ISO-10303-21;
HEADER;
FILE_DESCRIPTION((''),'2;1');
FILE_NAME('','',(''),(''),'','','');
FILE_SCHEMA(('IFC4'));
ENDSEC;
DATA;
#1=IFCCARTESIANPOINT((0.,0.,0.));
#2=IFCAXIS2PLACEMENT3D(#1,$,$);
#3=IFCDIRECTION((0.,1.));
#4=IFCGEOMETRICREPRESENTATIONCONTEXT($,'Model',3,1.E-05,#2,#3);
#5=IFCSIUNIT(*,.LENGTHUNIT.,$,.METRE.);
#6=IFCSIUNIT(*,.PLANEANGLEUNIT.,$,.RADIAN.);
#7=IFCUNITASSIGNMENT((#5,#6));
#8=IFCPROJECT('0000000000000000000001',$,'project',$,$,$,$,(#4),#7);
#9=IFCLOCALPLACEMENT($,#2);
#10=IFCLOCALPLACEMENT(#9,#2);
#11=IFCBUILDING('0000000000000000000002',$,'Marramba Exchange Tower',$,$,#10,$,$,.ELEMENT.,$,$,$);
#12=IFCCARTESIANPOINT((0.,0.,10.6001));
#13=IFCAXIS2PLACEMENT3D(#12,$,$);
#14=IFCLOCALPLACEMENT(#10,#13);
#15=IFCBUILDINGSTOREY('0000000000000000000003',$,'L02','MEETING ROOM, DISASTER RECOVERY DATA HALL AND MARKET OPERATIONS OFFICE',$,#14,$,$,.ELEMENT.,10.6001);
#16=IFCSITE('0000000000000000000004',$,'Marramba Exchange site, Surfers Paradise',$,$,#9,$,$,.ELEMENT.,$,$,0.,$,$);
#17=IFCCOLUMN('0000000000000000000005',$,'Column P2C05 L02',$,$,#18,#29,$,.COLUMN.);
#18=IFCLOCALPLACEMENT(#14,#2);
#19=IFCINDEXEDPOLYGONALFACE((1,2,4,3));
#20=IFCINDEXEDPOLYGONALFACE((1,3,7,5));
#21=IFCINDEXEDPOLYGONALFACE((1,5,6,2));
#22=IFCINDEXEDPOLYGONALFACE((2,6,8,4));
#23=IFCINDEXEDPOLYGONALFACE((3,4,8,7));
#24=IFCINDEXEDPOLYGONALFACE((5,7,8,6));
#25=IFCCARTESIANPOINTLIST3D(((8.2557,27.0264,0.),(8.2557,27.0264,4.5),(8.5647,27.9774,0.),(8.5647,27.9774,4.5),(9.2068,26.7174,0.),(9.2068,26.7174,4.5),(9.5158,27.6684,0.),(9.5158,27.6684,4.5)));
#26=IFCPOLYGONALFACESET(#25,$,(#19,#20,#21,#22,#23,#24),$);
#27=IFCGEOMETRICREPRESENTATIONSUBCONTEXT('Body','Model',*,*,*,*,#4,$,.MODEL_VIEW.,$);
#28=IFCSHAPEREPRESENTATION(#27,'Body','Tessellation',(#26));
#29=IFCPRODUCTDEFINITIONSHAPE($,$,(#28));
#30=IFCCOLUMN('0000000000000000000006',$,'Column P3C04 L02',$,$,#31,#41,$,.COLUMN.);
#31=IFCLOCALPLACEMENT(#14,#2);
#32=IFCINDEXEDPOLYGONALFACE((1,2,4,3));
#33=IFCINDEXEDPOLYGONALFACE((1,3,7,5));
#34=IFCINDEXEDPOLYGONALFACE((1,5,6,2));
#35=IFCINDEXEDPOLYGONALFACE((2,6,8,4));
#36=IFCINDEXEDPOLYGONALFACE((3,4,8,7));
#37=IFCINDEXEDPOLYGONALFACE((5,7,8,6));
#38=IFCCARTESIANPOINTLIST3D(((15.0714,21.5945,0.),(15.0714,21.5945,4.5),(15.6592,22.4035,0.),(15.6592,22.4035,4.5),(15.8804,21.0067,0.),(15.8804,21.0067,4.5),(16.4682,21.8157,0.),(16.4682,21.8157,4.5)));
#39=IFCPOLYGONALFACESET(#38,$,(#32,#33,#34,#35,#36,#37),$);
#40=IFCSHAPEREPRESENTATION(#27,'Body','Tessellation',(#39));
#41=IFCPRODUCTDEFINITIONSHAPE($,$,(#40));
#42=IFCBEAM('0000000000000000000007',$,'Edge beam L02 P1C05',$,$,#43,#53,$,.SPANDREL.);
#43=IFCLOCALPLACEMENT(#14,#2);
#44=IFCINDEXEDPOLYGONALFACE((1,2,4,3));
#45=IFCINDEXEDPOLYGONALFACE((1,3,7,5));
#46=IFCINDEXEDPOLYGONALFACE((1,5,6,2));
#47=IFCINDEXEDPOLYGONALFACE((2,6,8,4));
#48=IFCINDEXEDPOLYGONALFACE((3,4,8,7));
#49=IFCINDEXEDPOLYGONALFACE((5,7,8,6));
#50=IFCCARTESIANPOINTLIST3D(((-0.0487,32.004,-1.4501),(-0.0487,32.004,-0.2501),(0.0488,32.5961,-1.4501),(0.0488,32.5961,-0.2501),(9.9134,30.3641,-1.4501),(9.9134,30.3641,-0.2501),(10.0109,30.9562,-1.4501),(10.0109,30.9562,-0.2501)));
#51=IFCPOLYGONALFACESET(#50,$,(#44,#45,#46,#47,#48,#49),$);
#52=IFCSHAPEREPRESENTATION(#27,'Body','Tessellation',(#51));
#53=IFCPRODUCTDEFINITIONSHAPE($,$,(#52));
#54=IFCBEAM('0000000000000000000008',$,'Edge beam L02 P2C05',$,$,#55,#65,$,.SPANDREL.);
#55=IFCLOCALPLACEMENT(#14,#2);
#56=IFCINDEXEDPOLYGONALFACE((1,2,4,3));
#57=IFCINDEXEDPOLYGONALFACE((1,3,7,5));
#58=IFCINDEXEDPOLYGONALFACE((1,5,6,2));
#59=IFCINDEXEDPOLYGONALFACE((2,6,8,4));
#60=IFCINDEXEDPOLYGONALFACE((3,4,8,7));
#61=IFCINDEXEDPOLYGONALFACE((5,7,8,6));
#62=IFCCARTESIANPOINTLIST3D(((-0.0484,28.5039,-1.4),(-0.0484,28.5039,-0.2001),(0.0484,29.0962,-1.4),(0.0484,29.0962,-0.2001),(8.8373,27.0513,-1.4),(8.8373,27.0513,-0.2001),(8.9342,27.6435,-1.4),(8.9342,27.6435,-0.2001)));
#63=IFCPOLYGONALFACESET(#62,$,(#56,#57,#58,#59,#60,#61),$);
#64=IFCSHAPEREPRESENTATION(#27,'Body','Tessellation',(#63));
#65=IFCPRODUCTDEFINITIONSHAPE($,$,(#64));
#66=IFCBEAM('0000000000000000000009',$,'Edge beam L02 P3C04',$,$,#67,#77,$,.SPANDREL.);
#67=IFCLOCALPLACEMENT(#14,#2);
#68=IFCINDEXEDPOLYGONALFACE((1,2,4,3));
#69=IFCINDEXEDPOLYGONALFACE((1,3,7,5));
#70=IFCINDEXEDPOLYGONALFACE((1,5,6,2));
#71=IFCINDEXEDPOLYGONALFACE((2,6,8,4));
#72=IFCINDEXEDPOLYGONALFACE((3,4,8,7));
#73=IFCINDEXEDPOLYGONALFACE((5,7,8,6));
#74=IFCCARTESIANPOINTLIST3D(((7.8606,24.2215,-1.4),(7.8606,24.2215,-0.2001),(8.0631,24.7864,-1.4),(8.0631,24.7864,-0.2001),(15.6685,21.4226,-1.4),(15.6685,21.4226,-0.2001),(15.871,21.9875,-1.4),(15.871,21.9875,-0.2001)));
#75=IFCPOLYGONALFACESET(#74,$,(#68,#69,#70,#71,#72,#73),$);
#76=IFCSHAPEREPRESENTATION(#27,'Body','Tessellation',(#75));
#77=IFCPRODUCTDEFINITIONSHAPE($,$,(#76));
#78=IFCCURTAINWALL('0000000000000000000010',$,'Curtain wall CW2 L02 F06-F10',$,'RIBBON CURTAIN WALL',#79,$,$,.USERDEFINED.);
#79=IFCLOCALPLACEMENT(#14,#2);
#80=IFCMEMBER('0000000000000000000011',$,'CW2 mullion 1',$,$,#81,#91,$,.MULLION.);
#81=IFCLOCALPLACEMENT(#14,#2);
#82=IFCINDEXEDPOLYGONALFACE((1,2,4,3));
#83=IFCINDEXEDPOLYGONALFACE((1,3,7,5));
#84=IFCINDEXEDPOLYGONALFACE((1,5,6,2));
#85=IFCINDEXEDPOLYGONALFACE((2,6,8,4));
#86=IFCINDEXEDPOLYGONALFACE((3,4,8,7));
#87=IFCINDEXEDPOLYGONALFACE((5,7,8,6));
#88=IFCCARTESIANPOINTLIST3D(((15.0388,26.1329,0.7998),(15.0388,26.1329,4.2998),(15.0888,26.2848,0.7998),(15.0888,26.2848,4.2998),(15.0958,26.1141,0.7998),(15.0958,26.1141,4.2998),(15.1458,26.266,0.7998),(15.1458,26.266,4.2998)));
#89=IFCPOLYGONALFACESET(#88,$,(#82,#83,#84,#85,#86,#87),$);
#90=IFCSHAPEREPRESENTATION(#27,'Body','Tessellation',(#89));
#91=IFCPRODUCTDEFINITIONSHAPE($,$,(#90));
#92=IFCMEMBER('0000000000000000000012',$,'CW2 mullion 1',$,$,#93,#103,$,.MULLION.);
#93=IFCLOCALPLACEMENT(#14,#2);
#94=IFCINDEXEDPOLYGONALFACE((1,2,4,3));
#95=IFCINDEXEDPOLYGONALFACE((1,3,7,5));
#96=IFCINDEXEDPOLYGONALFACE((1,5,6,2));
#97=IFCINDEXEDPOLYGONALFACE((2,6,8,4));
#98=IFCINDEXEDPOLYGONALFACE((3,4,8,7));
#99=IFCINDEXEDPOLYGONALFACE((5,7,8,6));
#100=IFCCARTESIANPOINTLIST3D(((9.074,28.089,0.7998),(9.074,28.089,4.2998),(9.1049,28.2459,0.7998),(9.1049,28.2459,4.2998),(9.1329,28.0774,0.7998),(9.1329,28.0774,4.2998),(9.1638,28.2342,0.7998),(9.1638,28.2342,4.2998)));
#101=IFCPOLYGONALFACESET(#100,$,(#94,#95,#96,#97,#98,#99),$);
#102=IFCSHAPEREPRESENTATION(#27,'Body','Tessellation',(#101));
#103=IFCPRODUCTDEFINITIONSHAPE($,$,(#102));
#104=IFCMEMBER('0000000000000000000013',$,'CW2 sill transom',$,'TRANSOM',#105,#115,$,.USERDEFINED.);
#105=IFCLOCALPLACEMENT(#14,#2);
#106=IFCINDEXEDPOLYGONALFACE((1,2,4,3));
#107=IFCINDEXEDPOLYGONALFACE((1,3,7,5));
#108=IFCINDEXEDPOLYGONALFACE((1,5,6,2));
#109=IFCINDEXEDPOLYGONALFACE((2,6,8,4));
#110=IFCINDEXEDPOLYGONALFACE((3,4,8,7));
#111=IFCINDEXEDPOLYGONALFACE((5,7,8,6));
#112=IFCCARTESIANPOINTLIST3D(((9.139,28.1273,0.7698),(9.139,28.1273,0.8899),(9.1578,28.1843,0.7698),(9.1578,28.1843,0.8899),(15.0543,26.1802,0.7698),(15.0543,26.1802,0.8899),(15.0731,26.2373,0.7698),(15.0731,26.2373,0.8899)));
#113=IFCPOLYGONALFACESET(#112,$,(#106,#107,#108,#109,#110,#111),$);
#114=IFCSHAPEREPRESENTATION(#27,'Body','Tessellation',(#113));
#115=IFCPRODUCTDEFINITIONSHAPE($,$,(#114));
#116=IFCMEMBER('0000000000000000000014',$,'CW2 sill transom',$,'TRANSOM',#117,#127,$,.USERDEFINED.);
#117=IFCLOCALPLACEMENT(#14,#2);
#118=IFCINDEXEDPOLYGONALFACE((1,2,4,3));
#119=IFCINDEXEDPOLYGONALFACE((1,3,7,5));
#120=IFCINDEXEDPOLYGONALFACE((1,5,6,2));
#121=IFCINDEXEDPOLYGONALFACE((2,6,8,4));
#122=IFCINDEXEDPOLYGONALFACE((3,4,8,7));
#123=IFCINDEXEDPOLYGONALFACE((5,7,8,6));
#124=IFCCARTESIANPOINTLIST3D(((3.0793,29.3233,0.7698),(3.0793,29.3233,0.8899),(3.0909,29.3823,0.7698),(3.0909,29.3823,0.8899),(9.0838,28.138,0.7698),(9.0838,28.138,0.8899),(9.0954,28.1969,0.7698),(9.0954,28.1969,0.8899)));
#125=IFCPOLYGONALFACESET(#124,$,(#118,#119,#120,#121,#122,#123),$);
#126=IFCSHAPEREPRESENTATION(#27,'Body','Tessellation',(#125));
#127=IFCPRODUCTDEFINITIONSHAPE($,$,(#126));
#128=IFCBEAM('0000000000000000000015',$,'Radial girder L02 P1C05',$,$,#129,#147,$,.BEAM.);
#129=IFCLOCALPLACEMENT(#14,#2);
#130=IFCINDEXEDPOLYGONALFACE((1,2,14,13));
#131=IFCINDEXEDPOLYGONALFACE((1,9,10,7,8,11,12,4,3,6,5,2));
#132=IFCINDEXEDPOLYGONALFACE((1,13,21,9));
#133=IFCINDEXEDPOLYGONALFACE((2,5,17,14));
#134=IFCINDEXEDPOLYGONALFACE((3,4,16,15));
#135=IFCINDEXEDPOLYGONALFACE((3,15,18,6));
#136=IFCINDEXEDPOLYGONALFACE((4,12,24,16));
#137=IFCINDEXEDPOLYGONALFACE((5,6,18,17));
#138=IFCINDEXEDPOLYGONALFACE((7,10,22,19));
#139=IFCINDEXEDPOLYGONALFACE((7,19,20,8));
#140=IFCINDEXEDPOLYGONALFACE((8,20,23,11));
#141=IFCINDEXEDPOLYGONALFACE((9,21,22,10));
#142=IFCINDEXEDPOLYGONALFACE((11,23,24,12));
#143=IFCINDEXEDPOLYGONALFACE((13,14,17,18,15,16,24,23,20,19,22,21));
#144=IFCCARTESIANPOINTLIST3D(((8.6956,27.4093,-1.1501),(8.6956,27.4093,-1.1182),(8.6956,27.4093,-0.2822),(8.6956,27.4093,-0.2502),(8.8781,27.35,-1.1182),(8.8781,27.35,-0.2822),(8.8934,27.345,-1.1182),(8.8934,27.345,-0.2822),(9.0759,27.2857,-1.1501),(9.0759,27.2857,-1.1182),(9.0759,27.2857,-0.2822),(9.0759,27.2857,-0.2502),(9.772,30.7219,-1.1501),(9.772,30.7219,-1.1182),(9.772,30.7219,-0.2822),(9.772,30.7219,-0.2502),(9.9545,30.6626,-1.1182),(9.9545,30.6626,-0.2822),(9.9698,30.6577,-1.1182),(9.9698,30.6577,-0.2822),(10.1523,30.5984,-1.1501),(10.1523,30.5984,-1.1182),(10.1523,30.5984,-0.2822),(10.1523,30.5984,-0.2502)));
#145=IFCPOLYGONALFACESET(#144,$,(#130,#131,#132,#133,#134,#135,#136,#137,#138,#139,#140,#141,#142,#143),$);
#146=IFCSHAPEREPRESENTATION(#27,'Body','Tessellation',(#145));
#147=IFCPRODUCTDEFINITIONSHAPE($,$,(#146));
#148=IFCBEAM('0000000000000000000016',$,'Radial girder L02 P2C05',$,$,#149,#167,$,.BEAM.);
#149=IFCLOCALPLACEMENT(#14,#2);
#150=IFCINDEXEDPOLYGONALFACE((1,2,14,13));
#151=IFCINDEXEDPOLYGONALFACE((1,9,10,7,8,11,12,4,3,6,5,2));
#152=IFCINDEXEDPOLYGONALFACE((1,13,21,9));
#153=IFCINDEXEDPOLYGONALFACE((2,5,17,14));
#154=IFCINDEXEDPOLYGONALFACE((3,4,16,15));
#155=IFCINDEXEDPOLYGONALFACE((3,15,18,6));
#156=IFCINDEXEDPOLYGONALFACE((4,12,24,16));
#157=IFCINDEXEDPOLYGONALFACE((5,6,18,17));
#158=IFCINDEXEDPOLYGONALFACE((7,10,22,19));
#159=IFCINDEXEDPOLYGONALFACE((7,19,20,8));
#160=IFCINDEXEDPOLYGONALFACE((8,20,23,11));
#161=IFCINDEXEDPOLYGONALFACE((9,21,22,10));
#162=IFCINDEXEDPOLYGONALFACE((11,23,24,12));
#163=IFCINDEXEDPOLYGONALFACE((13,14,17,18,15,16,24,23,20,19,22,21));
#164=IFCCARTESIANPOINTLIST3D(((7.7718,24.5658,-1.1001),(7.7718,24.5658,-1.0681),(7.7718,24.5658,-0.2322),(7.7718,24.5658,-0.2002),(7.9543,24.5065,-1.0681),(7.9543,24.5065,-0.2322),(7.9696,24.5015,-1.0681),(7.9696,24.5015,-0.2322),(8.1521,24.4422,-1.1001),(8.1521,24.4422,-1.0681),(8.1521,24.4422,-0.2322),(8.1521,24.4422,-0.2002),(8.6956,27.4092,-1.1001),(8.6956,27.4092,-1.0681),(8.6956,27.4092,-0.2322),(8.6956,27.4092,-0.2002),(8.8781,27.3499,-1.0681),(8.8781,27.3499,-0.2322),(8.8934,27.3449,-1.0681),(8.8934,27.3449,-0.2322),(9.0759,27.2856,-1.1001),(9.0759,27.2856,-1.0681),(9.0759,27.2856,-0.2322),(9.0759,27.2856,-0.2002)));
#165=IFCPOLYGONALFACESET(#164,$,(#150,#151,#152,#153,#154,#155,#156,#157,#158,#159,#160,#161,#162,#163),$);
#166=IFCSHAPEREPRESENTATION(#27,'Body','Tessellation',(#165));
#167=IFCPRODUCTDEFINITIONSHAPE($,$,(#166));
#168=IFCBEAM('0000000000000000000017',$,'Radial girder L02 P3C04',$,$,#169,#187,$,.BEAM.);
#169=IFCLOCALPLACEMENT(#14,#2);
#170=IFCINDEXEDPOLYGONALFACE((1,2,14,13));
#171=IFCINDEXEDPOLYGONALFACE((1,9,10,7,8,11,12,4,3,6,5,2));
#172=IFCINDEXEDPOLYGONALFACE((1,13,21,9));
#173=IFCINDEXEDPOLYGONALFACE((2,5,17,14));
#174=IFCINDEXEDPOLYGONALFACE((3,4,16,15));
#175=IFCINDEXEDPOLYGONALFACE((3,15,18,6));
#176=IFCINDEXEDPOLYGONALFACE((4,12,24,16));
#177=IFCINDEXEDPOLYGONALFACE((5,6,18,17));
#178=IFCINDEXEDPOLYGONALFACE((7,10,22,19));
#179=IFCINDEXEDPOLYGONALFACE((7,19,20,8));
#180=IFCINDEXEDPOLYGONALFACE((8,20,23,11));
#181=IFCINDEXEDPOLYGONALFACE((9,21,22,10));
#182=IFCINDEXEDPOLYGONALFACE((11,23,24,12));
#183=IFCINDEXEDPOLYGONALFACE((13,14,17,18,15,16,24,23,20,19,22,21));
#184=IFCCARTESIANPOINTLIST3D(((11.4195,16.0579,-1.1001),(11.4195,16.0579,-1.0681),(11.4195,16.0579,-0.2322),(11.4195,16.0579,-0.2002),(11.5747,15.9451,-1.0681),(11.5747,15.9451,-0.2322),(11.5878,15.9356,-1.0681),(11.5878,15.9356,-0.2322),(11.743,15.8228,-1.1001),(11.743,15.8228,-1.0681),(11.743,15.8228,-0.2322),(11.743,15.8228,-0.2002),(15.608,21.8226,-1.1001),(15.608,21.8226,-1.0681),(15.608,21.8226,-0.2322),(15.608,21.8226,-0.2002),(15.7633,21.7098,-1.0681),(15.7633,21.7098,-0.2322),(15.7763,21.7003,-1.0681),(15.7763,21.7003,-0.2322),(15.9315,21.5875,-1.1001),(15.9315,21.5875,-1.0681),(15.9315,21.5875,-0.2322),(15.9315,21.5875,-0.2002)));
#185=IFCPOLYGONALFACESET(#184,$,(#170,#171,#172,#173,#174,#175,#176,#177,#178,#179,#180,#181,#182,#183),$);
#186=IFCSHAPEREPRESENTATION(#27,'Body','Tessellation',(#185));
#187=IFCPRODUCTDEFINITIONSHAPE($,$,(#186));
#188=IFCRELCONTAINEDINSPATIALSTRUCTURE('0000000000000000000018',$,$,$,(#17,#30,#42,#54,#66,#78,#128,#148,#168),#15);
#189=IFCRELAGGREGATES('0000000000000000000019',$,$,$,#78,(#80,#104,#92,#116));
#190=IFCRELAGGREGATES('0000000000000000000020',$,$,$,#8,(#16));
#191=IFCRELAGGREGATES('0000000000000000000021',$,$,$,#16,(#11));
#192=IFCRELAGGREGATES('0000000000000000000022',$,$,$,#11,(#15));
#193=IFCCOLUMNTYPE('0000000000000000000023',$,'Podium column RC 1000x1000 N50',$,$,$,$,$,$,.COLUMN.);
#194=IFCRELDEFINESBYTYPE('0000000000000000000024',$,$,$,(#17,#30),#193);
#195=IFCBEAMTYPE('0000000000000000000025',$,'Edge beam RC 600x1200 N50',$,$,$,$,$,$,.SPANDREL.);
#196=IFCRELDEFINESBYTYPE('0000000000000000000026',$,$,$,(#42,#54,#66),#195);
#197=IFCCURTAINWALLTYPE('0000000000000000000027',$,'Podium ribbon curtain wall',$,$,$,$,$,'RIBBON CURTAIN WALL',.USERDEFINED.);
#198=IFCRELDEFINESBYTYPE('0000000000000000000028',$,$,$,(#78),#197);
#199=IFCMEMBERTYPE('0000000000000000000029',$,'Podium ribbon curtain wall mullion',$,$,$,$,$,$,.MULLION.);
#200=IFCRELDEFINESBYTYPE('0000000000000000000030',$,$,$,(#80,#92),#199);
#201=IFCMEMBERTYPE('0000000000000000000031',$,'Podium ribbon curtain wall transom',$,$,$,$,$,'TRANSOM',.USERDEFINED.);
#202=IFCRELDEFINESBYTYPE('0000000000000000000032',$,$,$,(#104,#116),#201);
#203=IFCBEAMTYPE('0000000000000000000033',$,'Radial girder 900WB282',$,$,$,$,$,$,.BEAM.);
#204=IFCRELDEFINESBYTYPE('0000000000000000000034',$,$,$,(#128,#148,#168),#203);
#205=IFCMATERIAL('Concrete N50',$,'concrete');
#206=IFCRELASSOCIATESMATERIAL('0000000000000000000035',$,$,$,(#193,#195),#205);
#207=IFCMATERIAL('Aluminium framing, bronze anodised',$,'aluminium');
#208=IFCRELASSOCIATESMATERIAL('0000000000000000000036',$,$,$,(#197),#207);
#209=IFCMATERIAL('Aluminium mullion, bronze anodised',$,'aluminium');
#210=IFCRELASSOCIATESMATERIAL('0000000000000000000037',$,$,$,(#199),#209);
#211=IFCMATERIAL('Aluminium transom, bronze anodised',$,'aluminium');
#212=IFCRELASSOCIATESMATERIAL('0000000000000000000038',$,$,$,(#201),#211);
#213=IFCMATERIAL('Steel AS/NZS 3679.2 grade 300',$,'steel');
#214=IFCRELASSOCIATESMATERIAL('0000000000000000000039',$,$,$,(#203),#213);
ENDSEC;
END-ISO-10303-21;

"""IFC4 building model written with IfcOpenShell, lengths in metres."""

from ifc_helpers import new_model, si_unit, direction, frame, origin, origin_2d, place, context, subcontext, project, spatial, rectangle, i_section, extrude, material, material_profile, profile_set, type_object, element, aggregate, save


model = new_model("IFC4")

# Units and contexts
model_context = context("Model", 3, precision=1e-05, world=origin(), true_north=direction((0.0, 1.0)))
body_context = subcontext(model_context, "Body", "Model", "MODEL_VIEW")
ifc_project = project(units=[si_unit("LENGTHUNIT", "METRE"), si_unit("PLANEANGLEUNIT", "RADIAN")], contexts=[model_context])

# Site, building, storey
site_placement = place(None, origin())
site = spatial("IfcSite", under=ifc_project, at=site_placement, Name="Marramba Exchange site, Surfers Paradise", CompositionType="ELEMENT", RefElevation=0.0)
building_placement = place(site_placement, origin())
building = spatial("IfcBuilding", under=site, at=building_placement, Name="Marramba Exchange Tower", CompositionType="ELEMENT")
storey_placement = place(building_placement, frame((0.0, 0.0, 10.6001)))
storey = spatial("IfcBuildingStorey", under=building, at=storey_placement, Name="L02", Description="MEETING ROOM, DISASTER RECOVERY DATA HALL AND MARKET OPERATIONS OFFICE", CompositionType="ELEMENT", Elevation=10.6001)

# Columns
ifc_material_1 = material(Name="Concrete N50", Category="concrete")
ifc_material_profile_1 = material_profile(ifc_material_1, rectangle(XDim=1.0, YDim=1.0, at=origin_2d()), Name="RC 1000x1000")
ifc_profile_set_1 = profile_set([ifc_material_profile_1], Name="Concrete N50")
column_type = type_object("IfcColumnType", Name="Podium column RC 1000x1000 N50", PredefinedType="COLUMN", material=ifc_profile_set_1)
for number, where, z_axis, x_axis, name in (
    (1, (8.8857, 27.3474, 0.0), (0.0, 0.0, 1.0), (0.309017, 0.951057, 0.0), "Column P2C05 L02"),
    (2, (15.7698, 21.7051, 0.0), (0.0, 0.0, 1.0), (0.587785, 0.809017, 0.0), "Column P3C04 L02"),
):
    element("IfcColumn", number, at=place(storey_placement, frame(where, z_axis=z_axis, x_axis=x_axis)), inside=storey, type_object=column_type, Name=name, PredefinedType="COLUMN", context=body_context, shape_type="SweptSolid", body=[
        extrude(rectangle(XDim=1.0, YDim=1.0, at=origin_2d()), origin(), (0.0, 0.0, 1.0), 4.5),
    ])

# Beams
ifc_material_profile_2 = material_profile(ifc_material_1, rectangle(XDim=0.6001, YDim=1.2, at=origin_2d()), Name="RC 600x1200")
ifc_profile_set_2 = profile_set([ifc_material_profile_2], Name="Concrete N50")
beam_type_1 = type_object("IfcBeamType", Name="Edge beam RC 600x1200 N50", PredefinedType="SPANDREL", material=ifc_profile_set_2)
beam_1_placement = place(storey_placement, frame((9.9622, 30.6602, -0.8501), z_axis=(-0.986721, 0.162426, 0.0), x_axis=(-0.162426, -0.986721, 0.0)))
element("IfcBeam", 3, at=beam_1_placement, inside=storey, type_object=beam_type_1, Name="Edge beam L02 P1C05", PredefinedType="SPANDREL", context=body_context, shape_type="SweptSolid", body=[
    extrude(rectangle(XDim=0.6001, YDim=1.2, at=origin_2d()), origin(), (0.0, 0.0, 1.0), 10.0962),
])
beam_2_placement = place(storey_placement, frame((8.8857, 27.3474, -0.8), z_axis=(-0.986899, 0.161338, 0.0), x_axis=(-0.161338, -0.986899, 0.0)))
element("IfcBeam", 4, at=beam_2_placement, inside=storey, type_object=beam_type_1, Name="Edge beam L02 P2C05", PredefinedType="SPANDREL", context=body_context, shape_type="SweptSolid", body=[
    extrude(rectangle(XDim=0.6001, YDim=1.2, at=origin_2d()), origin(), (0.0, 0.0, 1.0), 9.0037),
])
beam_3_placement = place(storey_placement, frame((15.7698, 21.7051, -0.8), z_axis=(-0.941348, 0.337438, 0.0), x_axis=(-0.337438, -0.941348, 0.0)))
element("IfcBeam", 5, at=beam_3_placement, inside=storey, type_object=beam_type_1, Name="Edge beam L02 P3C04", PredefinedType="SPANDREL", context=body_context, shape_type="SweptSolid", body=[
    extrude(rectangle(XDim=0.6001, YDim=1.2, at=origin_2d()), origin(), (0.0, 0.0, 1.0), 8.2944),
])

# Curtain wall, members
ifc_material_2 = material(Name="Aluminium framing, bronze anodised", Category="aluminium")
curtain_wall_type = type_object("IfcCurtainWallType", Name="Podium ribbon curtain wall", ElementType="RIBBON CURTAIN WALL", PredefinedType="USERDEFINED", material=ifc_material_2)
curtain_wall_placement = place(storey_placement, origin())
curtain_wall = element("IfcCurtainWall", 6, at=curtain_wall_placement, inside=storey, type_object=curtain_wall_type, Name="Curtain wall CW2 L02 F06-F10", ObjectType="RIBBON CURTAIN WALL", PredefinedType="USERDEFINED")
ifc_material_3 = material(Name="Aluminium mullion, bronze anodised", Category="aluminium")
ifc_material_profile_3 = material_profile(ifc_material_3, rectangle(XDim=0.1599, YDim=0.0601, at=origin_2d()), Name="CW2 mullion 60x160")
ifc_profile_set_3 = profile_set([ifc_material_profile_3], Name="Aluminium mullion, bronze anodised")
member_type_1 = type_object("IfcMemberType", Name="Podium ribbon curtain wall mullion", PredefinedType="MULLION", material=ifc_profile_set_3)
member_1_placement = place(storey_placement, frame((15.0923, 26.1995, 0.7998), z_axis=(0.0, 0.0, 1.0), x_axis=(-0.312652, -0.949868, 0.0)))
member_1 = element("IfcMember", 7, at=member_1_placement, type_object=member_type_1, Name="CW2 mullion 1", PredefinedType="MULLION", context=body_context, shape_type="SweptSolid", body=[
    extrude(rectangle(XDim=0.1599, YDim=0.0601, at=origin_2d()), origin(), (0.0, 0.0, 1.0), 3.5),
])
member_2_placement = place(storey_placement, frame((9.1189, 28.1616, 0.7998), z_axis=(0.0, 0.0, 1.0), x_axis=(-0.193668, -0.981067, 0.0)))
member_2 = element("IfcMember", 8, at=member_2_placement, type_object=member_type_1, Name="CW2 mullion 1", PredefinedType="MULLION", context=body_context, shape_type="SweptSolid", body=[
    extrude(rectangle(XDim=0.1599, YDim=0.0601, at=origin_2d()), origin(), (0.0, 0.0, 1.0), 3.5),
])
ifc_material_4 = material(Name="Aluminium transom, bronze anodised", Category="aluminium")
ifc_material_profile_4 = material_profile(ifc_material_4, rectangle(XDim=0.0601, YDim=0.1201, at=origin_2d()), Name="CW2 transom 60x120")
ifc_profile_set_4 = profile_set([ifc_material_profile_4], Name="Aluminium transom, bronze anodised")
member_type_2 = type_object("IfcMemberType", Name="Podium ribbon curtain wall transom", ElementType="TRANSOM", PredefinedType="USERDEFINED", material=ifc_profile_set_4)
member_3_placement = place(storey_placement, frame((15.0637, 26.2087, 0.8298), z_axis=(-0.949868, 0.31265, 0.0), x_axis=(-0.31265, -0.949868, 0.0)))
member_3 = element("IfcMember", 9, at=member_3_placement, type_object=member_type_2, Name="CW2 sill transom", ObjectType="TRANSOM", PredefinedType="USERDEFINED", context=body_context, shape_type="SweptSolid", body=[
    extrude(rectangle(XDim=0.0601, YDim=0.1201, at=origin_2d()), origin(), (0.0, 0.0, 1.0), 6.2275),
])
member_4_placement = place(storey_placement, frame((9.0896, 28.1675, 0.8298), z_axis=(-0.981067, 0.193668, 0.0), x_axis=(-0.193668, -0.981067, 0.0)))
member_4 = element("IfcMember", 10, at=member_4_placement, type_object=member_type_2, Name="CW2 sill transom", ObjectType="TRANSOM", PredefinedType="USERDEFINED", context=body_context, shape_type="SweptSolid", body=[
    extrude(rectangle(XDim=0.0601, YDim=0.1201, at=origin_2d()), origin(), (0.0, 0.0, 1.0), 6.1204),
])

# Beams
ifc_material_5 = material(Name="Steel AS/NZS 3679.2 grade 300", Category="steel")
ifc_material_profile_5 = material_profile(ifc_material_5, i_section(OverallWidth=0.3999, OverallDepth=0.8999, WebThickness=0.0161, FlangeThickness=0.032, at=origin_2d()), Name="900WB282")
ifc_profile_set_5 = profile_set([ifc_material_profile_5], Name="Steel AS/NZS 3679.2 grade 300")
beam_type_2 = type_object("IfcBeamType", Name="Radial girder 900WB282", PredefinedType="BEAM", material=ifc_profile_set_5)
beam_4_placement = place(storey_placement, frame((9.9622, 30.6602, -0.7002), z_axis=(-0.309027, -0.951053, 0.0), x_axis=(0.951053, -0.309027, 0.0)))
element("IfcBeam", 11, at=beam_4_placement, inside=storey, type_object=beam_type_2, Name="Radial girder L02 P1C05", PredefinedType="BEAM", context=body_context, shape_type="SweptSolid", body=[
    extrude(i_section(OverallWidth=0.3999, OverallDepth=0.8999, WebThickness=0.0161, FlangeThickness=0.032, at=origin_2d()), origin(), (0.0, 0.0, 1.0), 3.4832),
])
beam_5_placement = place(storey_placement, frame((8.8857, 27.3474, -0.6501), z_axis=(-0.308992, -0.951065, 0.0), x_axis=(0.951065, -0.308992, 0.0)))
element("IfcBeam", 12, at=beam_5_placement, inside=storey, type_object=beam_type_2, Name="Radial girder L02 P2C05", PredefinedType="BEAM", context=body_context, shape_type="SweptSolid", body=[
    extrude(i_section(OverallWidth=0.3999, OverallDepth=0.8999, WebThickness=0.0161, FlangeThickness=0.032, at=origin_2d()), origin(), (0.0, 0.0, 1.0), 2.9897),
])
beam_6_placement = place(storey_placement, frame((15.7698, 21.7051, -0.6501), z_axis=(-0.587805, -0.809003, 0.0), x_axis=(0.809003, -0.587805, 0.0)))
element("IfcBeam", 13, at=beam_6_placement, inside=storey, type_object=beam_type_2, Name="Radial girder L02 P3C04", PredefinedType="BEAM", context=body_context, shape_type="SweptSolid", body=[
    extrude(i_section(OverallWidth=0.3999, OverallDepth=0.8999, WebThickness=0.0161, FlangeThickness=0.032, at=origin_2d()), origin(), (0.0, 0.0, 1.0), 7.1257),
])

aggregate(curtain_wall, [member_1, member_3, member_2, member_4])

save(model, "model.ifc")
